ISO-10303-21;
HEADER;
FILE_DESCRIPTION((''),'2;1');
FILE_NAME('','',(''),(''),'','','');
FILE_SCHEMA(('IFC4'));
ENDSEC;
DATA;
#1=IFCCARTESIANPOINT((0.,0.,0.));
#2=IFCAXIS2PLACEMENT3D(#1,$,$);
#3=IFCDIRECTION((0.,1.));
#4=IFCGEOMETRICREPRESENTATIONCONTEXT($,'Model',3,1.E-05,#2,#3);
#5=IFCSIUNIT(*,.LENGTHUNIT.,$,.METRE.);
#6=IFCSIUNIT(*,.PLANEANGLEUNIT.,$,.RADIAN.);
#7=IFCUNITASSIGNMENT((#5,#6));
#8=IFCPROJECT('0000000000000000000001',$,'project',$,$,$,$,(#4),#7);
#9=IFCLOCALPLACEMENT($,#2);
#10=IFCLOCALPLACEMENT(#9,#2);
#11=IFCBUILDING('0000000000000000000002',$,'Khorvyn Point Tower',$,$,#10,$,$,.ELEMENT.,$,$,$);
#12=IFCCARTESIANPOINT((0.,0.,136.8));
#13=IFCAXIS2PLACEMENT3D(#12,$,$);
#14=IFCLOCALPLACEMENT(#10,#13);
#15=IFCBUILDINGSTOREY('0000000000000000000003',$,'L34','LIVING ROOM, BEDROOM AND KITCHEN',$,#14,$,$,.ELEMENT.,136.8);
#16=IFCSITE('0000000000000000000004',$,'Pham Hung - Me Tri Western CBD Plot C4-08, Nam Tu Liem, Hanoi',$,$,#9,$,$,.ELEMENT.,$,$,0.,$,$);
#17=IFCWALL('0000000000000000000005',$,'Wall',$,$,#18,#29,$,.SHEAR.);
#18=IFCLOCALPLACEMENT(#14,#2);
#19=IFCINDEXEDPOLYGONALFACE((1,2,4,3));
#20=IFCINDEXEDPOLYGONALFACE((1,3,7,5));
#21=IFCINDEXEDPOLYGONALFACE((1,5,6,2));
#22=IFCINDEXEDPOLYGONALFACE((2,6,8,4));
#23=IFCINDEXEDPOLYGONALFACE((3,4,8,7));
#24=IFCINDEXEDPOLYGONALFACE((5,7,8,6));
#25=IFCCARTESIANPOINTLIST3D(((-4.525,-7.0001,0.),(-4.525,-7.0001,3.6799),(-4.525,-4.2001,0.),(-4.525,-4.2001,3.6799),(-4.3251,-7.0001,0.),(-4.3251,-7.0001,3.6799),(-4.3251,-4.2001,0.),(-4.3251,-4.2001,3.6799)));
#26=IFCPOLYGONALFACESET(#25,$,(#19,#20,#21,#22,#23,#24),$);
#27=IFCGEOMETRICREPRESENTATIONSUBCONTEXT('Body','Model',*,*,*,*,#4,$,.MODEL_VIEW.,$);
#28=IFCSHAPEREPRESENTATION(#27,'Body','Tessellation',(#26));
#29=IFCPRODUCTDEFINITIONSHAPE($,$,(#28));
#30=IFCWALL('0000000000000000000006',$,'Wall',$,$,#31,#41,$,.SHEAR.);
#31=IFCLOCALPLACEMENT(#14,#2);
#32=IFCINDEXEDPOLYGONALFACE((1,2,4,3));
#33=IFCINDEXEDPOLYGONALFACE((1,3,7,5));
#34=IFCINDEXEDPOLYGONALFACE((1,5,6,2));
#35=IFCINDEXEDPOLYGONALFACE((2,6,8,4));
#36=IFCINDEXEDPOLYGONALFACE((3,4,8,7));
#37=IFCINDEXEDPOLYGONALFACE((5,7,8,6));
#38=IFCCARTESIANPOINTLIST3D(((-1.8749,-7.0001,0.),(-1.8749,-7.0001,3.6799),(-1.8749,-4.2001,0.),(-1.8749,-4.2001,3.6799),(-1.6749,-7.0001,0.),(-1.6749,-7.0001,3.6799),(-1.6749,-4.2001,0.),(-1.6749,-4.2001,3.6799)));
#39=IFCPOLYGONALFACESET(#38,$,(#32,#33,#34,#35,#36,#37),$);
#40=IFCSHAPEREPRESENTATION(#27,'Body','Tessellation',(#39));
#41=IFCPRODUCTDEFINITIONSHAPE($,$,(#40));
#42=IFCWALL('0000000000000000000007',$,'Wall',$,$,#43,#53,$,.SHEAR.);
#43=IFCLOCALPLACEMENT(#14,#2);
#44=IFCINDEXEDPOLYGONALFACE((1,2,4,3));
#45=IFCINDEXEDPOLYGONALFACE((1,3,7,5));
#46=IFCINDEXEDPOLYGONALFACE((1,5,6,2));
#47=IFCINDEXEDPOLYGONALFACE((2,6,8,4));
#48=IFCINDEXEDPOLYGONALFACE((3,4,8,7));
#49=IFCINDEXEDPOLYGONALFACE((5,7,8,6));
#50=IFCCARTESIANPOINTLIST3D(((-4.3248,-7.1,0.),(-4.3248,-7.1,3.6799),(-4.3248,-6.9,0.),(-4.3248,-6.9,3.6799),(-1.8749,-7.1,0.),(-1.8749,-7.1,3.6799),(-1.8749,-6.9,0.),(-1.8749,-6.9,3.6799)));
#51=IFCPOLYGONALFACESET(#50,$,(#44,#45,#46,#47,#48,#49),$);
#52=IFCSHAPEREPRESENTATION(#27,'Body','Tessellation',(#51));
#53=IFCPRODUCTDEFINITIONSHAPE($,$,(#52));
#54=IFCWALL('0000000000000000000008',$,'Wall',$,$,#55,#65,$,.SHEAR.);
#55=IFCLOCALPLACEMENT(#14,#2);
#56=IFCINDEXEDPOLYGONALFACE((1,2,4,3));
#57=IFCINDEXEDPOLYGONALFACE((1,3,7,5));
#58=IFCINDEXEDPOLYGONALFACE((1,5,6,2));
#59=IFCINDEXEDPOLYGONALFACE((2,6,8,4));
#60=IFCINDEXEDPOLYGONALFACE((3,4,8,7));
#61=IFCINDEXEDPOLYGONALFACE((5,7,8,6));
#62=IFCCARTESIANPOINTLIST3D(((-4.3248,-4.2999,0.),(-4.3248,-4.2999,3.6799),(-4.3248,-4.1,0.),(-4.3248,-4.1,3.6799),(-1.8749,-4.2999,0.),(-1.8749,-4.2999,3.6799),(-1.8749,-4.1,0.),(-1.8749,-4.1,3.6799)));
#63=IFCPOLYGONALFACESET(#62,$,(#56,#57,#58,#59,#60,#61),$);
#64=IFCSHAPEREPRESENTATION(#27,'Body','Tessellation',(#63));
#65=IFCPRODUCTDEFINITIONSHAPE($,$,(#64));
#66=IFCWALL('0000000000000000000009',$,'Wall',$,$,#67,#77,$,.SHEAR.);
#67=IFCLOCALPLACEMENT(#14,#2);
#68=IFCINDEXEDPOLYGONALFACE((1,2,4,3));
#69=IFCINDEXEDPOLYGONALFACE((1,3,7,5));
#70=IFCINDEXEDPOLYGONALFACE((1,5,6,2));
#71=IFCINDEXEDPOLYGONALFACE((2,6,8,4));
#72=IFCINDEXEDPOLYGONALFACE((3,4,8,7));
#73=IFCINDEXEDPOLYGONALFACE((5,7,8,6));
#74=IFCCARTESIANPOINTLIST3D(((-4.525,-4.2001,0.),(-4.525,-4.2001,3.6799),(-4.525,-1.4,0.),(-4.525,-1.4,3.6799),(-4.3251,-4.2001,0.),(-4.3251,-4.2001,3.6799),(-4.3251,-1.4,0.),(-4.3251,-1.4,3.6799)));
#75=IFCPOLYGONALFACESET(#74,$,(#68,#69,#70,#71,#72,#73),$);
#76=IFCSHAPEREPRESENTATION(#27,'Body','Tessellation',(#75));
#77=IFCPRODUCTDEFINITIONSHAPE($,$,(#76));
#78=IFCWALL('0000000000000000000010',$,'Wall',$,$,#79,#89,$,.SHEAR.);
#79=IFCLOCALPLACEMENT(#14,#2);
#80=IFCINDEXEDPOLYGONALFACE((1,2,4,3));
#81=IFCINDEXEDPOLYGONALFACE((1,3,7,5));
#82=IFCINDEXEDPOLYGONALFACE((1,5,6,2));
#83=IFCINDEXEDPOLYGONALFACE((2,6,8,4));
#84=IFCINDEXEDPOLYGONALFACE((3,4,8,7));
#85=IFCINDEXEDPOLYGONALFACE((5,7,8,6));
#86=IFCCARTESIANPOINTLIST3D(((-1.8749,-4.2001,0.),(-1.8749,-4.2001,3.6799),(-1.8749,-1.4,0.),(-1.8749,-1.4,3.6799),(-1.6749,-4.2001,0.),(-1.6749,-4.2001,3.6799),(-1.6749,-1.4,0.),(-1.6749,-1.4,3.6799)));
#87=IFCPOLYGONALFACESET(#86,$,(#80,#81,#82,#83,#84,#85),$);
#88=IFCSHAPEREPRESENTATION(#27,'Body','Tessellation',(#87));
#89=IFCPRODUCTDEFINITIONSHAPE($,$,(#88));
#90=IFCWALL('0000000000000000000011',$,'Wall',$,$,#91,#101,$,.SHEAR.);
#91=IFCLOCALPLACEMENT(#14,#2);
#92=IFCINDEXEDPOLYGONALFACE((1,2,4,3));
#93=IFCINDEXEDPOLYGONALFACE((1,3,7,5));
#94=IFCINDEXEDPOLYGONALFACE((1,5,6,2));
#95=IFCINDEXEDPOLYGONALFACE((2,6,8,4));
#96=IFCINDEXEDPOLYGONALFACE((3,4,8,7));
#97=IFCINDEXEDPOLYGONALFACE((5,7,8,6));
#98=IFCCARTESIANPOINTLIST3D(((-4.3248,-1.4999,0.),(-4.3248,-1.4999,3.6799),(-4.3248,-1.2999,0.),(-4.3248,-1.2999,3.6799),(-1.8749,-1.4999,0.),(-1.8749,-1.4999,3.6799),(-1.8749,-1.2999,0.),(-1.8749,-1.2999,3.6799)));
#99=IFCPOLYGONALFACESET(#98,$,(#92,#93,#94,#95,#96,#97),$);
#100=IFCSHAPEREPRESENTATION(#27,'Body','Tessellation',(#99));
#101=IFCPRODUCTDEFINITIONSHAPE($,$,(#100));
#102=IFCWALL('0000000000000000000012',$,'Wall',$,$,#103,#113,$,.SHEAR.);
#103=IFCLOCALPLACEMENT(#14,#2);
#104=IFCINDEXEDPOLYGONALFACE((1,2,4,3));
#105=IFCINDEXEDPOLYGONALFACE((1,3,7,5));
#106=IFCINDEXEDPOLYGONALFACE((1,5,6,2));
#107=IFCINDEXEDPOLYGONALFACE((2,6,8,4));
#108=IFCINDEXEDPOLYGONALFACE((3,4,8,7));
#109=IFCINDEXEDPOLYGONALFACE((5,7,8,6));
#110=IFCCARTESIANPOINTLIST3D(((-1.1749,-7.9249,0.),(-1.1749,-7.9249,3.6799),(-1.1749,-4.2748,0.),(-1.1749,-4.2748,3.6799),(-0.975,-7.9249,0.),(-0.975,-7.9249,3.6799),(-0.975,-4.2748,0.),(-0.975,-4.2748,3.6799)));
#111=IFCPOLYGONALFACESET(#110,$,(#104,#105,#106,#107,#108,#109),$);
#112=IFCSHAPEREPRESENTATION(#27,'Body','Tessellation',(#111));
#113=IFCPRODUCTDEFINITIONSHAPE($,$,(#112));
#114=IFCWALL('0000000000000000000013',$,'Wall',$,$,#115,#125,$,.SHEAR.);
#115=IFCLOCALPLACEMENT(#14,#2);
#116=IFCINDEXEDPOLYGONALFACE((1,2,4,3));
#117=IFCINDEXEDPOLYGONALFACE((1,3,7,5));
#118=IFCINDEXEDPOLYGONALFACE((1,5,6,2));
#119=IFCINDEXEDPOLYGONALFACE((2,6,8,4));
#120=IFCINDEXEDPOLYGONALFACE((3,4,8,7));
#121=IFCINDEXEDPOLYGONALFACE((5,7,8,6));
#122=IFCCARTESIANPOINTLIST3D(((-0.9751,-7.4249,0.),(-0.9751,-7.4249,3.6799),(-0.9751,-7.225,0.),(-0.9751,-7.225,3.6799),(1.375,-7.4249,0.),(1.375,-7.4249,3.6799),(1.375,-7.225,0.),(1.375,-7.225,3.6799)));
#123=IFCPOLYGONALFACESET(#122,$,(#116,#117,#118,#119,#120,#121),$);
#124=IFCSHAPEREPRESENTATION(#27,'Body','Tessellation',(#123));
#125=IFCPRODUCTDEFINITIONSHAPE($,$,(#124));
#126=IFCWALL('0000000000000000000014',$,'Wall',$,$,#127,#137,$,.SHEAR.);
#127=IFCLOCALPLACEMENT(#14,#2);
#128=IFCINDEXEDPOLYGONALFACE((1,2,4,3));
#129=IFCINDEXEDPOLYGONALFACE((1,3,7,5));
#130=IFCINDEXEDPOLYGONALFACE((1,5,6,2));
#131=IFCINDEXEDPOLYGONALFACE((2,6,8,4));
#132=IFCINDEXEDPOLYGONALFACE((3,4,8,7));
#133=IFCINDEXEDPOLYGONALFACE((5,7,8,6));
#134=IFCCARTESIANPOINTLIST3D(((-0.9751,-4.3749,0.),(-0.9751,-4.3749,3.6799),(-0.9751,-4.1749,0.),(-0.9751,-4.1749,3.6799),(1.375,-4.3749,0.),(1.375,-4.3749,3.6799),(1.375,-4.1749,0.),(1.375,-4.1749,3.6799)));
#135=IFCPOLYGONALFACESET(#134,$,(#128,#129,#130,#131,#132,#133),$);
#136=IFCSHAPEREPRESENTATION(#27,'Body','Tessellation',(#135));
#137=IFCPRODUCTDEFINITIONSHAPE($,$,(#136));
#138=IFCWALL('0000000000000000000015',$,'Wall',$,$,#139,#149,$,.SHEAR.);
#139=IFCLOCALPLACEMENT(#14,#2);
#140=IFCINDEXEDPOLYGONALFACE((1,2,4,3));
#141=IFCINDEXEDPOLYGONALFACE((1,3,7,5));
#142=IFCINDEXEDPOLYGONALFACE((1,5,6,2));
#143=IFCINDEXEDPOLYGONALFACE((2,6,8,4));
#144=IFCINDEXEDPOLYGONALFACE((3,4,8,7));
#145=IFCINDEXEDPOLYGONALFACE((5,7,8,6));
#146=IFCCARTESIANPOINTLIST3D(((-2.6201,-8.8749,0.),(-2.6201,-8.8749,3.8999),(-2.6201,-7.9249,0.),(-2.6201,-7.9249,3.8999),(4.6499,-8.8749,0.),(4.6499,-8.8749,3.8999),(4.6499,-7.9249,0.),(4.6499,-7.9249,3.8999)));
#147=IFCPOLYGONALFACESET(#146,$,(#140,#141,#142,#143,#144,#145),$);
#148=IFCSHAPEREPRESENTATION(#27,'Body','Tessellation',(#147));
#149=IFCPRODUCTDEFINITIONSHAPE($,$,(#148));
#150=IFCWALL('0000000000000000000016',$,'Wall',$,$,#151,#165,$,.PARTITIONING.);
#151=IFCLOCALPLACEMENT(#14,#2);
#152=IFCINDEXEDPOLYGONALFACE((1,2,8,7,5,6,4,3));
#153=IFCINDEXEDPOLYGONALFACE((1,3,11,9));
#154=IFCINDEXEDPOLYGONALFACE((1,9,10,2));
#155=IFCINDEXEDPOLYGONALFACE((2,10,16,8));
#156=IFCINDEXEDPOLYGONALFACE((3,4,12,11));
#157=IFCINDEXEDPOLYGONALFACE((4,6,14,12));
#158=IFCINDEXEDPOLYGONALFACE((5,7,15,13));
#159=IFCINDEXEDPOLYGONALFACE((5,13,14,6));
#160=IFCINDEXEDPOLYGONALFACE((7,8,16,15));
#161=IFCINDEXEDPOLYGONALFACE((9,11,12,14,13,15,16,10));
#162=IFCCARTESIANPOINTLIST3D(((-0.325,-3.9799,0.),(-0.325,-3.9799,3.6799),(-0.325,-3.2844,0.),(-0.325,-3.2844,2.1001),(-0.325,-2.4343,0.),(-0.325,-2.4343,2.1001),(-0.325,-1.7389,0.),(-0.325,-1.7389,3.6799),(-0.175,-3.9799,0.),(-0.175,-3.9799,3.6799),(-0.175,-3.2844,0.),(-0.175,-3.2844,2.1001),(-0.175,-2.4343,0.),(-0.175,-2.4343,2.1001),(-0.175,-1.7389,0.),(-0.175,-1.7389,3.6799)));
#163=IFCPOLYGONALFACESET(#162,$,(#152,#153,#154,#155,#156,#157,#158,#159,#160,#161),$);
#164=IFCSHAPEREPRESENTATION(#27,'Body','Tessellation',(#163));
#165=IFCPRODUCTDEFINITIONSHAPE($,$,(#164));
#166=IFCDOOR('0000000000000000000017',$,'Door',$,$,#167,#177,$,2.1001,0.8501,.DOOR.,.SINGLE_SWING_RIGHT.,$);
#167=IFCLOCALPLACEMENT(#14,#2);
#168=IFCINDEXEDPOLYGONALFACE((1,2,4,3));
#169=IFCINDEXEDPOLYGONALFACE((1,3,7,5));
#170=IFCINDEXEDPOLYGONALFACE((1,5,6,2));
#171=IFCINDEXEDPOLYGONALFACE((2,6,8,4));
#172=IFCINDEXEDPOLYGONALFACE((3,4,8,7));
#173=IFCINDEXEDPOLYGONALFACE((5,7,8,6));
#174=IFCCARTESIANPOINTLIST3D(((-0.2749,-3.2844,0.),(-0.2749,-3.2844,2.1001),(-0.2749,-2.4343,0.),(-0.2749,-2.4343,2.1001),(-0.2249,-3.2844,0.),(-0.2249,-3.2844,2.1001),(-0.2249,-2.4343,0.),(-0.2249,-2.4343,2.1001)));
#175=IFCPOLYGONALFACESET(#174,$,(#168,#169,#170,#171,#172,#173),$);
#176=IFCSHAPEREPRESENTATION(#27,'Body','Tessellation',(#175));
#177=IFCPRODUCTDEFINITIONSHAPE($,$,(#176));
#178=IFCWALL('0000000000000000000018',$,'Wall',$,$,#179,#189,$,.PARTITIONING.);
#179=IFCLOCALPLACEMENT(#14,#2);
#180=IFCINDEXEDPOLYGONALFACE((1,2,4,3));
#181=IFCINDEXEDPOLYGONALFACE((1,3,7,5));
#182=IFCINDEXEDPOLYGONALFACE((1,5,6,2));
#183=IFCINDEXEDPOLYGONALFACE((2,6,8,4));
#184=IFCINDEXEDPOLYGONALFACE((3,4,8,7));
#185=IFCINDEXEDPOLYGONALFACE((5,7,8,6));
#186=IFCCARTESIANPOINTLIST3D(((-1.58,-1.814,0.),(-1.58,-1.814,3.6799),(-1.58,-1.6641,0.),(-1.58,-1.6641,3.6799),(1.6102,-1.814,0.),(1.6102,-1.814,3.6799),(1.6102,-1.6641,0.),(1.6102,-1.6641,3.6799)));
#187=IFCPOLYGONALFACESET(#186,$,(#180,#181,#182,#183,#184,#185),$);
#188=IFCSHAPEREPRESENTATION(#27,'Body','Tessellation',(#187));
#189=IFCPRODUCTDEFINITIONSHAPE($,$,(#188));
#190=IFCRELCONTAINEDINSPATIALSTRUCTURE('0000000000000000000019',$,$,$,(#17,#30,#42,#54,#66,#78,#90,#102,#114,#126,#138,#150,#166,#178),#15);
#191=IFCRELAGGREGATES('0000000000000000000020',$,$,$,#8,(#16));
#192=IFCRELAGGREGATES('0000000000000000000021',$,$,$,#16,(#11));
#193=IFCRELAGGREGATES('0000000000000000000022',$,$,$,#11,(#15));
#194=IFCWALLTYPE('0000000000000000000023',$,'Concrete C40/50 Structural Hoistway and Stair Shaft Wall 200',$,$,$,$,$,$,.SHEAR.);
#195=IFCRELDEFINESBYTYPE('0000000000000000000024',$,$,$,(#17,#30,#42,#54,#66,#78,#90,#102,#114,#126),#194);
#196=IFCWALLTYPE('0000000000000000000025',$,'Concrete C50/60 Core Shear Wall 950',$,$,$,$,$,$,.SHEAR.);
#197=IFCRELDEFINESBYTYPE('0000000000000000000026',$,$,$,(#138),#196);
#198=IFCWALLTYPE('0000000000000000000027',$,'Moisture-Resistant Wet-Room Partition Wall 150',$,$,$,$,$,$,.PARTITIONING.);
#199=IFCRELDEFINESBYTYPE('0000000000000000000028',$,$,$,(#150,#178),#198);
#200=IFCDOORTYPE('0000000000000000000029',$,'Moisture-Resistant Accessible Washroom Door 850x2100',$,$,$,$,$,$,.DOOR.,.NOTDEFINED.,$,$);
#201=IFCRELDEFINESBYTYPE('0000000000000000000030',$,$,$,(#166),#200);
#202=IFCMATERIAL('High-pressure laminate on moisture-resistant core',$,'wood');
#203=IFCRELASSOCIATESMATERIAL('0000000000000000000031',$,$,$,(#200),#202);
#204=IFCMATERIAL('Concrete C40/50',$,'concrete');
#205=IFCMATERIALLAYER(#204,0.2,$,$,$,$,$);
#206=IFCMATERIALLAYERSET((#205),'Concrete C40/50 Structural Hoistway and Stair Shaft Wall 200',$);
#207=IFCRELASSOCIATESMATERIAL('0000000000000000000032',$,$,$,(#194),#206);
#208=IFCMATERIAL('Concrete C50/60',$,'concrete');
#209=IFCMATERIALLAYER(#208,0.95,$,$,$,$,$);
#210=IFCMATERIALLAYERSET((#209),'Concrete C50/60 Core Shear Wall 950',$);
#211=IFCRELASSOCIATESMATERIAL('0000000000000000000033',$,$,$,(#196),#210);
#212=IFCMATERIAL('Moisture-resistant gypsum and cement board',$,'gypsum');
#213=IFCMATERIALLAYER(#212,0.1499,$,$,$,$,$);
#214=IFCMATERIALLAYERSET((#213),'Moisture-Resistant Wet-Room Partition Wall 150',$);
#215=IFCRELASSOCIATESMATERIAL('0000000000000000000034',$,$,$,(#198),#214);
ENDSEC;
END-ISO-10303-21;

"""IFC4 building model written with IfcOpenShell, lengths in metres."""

from ifc_helpers import new_model, si_unit, direction, frame, frame_2d, origin, place, context, subcontext, project, spatial, rectangle, extrude, material, layer, layer_set, type_object, element, fill, save


model = new_model("IFC4")

# Units and contexts
model_context = context("Model", 3, precision=1e-05, world=origin(), true_north=direction((0.0, 1.0)))
body_context = subcontext(model_context, "Body", "Model", "MODEL_VIEW")
ifc_project = project(units=[si_unit("LENGTHUNIT", "METRE"), si_unit("PLANEANGLEUNIT", "RADIAN")], contexts=[model_context])

# Site, building, storey
site_placement = place(None, origin())
site = spatial("IfcSite", under=ifc_project, at=site_placement, Name="Pham Hung - Me Tri Western CBD Plot C4-08, Nam Tu Liem, Hanoi", CompositionType="ELEMENT", RefElevation=0.0)
building_placement = place(site_placement, origin())
building = spatial("IfcBuilding", under=site, at=building_placement, Name="Khorvyn Point Tower", CompositionType="ELEMENT")
storey_placement = place(building_placement, frame((0.0, 0.0, 136.8)))
storey = spatial("IfcBuildingStorey", under=building, at=storey_placement, Name="L34", Description="LIVING ROOM, BEDROOM AND KITCHEN", CompositionType="ELEMENT", Elevation=136.8)

# Shared definitions
ifc_material_1 = material(Name="Concrete C40/50", Category="concrete")

# Shared definitions
ifc_material_2 = material(Name="Concrete C50/60", Category="concrete")

# Shared definitions
ifc_material_3 = material(Name="High-pressure laminate on moisture-resistant core", Category="wood")
door_type = type_object("IfcDoorType", Name="Moisture-Resistant Accessible Washroom Door 850x2100", OperationType="NOTDEFINED", PredefinedType="DOOR", material=ifc_material_3)

# Walls
ifc_layer_1 = layer(ifc_material_1, 0.2)
ifc_layer_set_1 = layer_set([ifc_layer_1], Name="Concrete C40/50 Structural Hoistway and Stair Shaft Wall 200")
wall_type_1 = type_object("IfcWallType", Name="Concrete C40/50 Structural Hoistway and Stair Shaft Wall 200", PredefinedType="SHEAR", material=ifc_layer_set_1)
for number, where, z_axis, x_axis, name in (
    (1, (-4.425, -7.0, 0.0), (0.0, 0.0, 1.0), (0.0, 1.0, 0.0), "Wall"),
    (2, (-1.7749, -7.0, 0.0), (0.0, 0.0, 1.0), (0.0, 1.0, 0.0), "Wall"),
):
    element("IfcWall", number, at=place(storey_placement, frame(where, z_axis=z_axis, x_axis=x_axis)), inside=storey, type_object=wall_type_1, Name=name, PredefinedType="SHEAR", context=body_context, shape_type="SweptSolid", body=[
        extrude(rectangle(XDim=2.8, YDim=0.2, at=frame_2d((1.3999, 0.0))), origin(), (0.0, 0.0, 1.0), 3.6799),
    ])
for number, where, z_axis, x_axis, name in (
    (3, (-4.325, -7.0, 0.0), (0.0, 0.0, 1.0), (1.0, 0.0, 0.0), "Wall"),
    (4, (-4.325, -4.2, 0.0), (0.0, 0.0, 1.0), (1.0, 0.0, 0.0), "Wall"),
):
    element("IfcWall", number, at=place(storey_placement, frame(where, z_axis=z_axis, x_axis=x_axis)), inside=storey, type_object=wall_type_1, Name=name, PredefinedType="SHEAR", context=body_context, shape_type="SweptSolid", body=[
        extrude(rectangle(XDim=2.45, YDim=0.2, at=frame_2d((1.2251, 0.0))), origin(), (0.0, 0.0, 1.0), 3.6799),
    ])
for number, where, z_axis, x_axis, name in (
    (5, (-4.425, -4.2, 0.0), (0.0, 0.0, 1.0), (0.0, 1.0, 0.0), "Wall"),
    (6, (-1.7749, -4.2, 0.0), (0.0, 0.0, 1.0), (0.0, 1.0, 0.0), "Wall"),
):
    element("IfcWall", number, at=place(storey_placement, frame(where, z_axis=z_axis, x_axis=x_axis)), inside=storey, type_object=wall_type_1, Name=name, PredefinedType="SHEAR", context=body_context, shape_type="SweptSolid", body=[
        extrude(rectangle(XDim=2.8, YDim=0.2, at=frame_2d((1.3999, 0.0))), origin(), (0.0, 0.0, 1.0), 3.6799),
    ])
wall_1_placement = place(storey_placement, frame((-4.325, -1.3999, 0.0), z_axis=(0.0, 0.0, 1.0), x_axis=(1.0, 0.0, 0.0)))
element("IfcWall", 7, at=wall_1_placement, inside=storey, type_object=wall_type_1, Name="Wall", PredefinedType="SHEAR", context=body_context, shape_type="SweptSolid", body=[
    extrude(rectangle(XDim=2.45, YDim=0.2, at=frame_2d((1.2251, 0.0))), origin(), (0.0, 0.0, 1.0), 3.6799),
])
wall_2_placement = place(storey_placement, frame((-1.075, -7.925, 0.0), z_axis=(0.0, 0.0, 1.0), x_axis=(0.0, 1.0, 0.0)))
element("IfcWall", 8, at=wall_2_placement, inside=storey, type_object=wall_type_1, Name="Wall", PredefinedType="SHEAR", context=body_context, shape_type="SweptSolid", body=[
    extrude(rectangle(XDim=3.6501, YDim=0.2, at=frame_2d((1.8252, 0.0))), origin(), (0.0, 0.0, 1.0), 3.6799),
])
for number, where, z_axis, x_axis, name in (
    (9, (-0.9751, -7.325, 0.0), (0.0, 0.0, 1.0), (1.0, 0.0, 0.0), "Wall"),
    (10, (-0.9751, -4.2749, 0.0), (0.0, 0.0, 1.0), (1.0, 0.0, 0.0), "Wall"),
):
    element("IfcWall", number, at=place(storey_placement, frame(where, z_axis=z_axis, x_axis=x_axis)), inside=storey, type_object=wall_type_1, Name=name, PredefinedType="SHEAR", context=body_context, shape_type="SweptSolid", body=[
        extrude(rectangle(XDim=2.3501, YDim=0.2, at=frame_2d((1.175, 0.0))), origin(), (0.0, 0.0, 1.0), 3.6799),
    ])
ifc_layer_2 = layer(ifc_material_2, 0.95)
ifc_layer_set_2 = layer_set([ifc_layer_2], Name="Concrete C50/60 Core Shear Wall 950")
wall_type_2 = type_object("IfcWallType", Name="Concrete C50/60 Core Shear Wall 950", PredefinedType="SHEAR", material=ifc_layer_set_2)
wall_3_placement = place(storey_placement, frame((-2.6201, -8.3999, 0.0), z_axis=(0.0, 0.0, 1.0), x_axis=(1.0, 0.0, 0.0)))
element("IfcWall", 11, at=wall_3_placement, inside=storey, type_object=wall_type_2, Name="Wall", PredefinedType="SHEAR", context=body_context, shape_type="SweptSolid", body=[
    extrude(rectangle(XDim=7.27, YDim=0.95, at=frame_2d((3.635, 0.0))), origin(), (0.0, 0.0, 1.0), 3.8999),
])

# Wall, opening, door
ifc_material_4 = material(Name="Moisture-resistant gypsum and cement board", Category="gypsum")
ifc_layer_3 = layer(ifc_material_4, 0.1499)
ifc_layer_set_3 = layer_set([ifc_layer_3], Name="Moisture-Resistant Wet-Room Partition Wall 150")
wall_type_3 = type_object("IfcWallType", Name="Moisture-Resistant Wet-Room Partition Wall 150", PredefinedType="PARTITIONING", material=ifc_layer_set_3)
wall_4_placement = place(storey_placement, frame((-0.25, -3.98, 0.0), z_axis=(0.0, 0.0, 1.0), x_axis=(0.0, 1.0, 0.0)))
wall_4 = element("IfcWall", 12, at=wall_4_placement, inside=storey, type_object=wall_type_3, Name="Wall", PredefinedType="PARTITIONING", context=body_context, shape_type="SweptSolid", body=[
    extrude(rectangle(XDim=2.241, YDim=0.1499, at=frame_2d((1.1206, 0.0))), origin(), (0.0, 0.0, 1.0), 3.6799),
])
opening_1_placement = place(wall_4_placement, frame((0.6956, 0.0, 0.0)))
opening_1 = element("IfcOpeningElement", 13, at=opening_1_placement, cuts=wall_4, PredefinedType="OPENING", context=body_context, shape_type="SweptSolid", body=[
    extrude(rectangle(XDim=0.8501, YDim=2.1001, at=frame_2d((0.425, 1.05))), frame((0.0, 0.085, 0.0), z_axis=(0.0, -1.0, 0.0), x_axis=(1.0, 0.0, 0.0)), (0.0, 0.0, 1.0), 0.1699),
])
door_1_placement = place(opening_1_placement, origin())
door_1 = element("IfcDoor", 14, at=door_1_placement, inside=storey, type_object=door_type, Name="Door", OperationType="SINGLE_SWING_RIGHT", OverallHeight=2.1001, OverallWidth=0.8501, PredefinedType="DOOR", context=body_context, shape_type="SweptSolid", body=[
    extrude(rectangle(XDim=0.8501, YDim=2.1001, at=frame_2d((0.425, 1.05))), frame((0.0, 0.0249, 0.0), z_axis=(0.0, -1.0, 0.0), x_axis=(1.0, 0.0, 0.0)), (0.0, 0.0, 1.0), 0.05),
])
fill(opening_1, door_1)

# Wall
wall_5_placement = place(storey_placement, frame((-1.5801, -1.739, 0.0), z_axis=(0.0, 0.0, 1.0), x_axis=(1.0, 0.0, 0.0)))
element("IfcWall", 15, at=wall_5_placement, inside=storey, type_object=wall_type_3, Name="Wall", PredefinedType="PARTITIONING", context=body_context, shape_type="SweptSolid", body=[
    extrude(rectangle(XDim=3.1902, YDim=0.1499, at=frame_2d((1.5952, 0.0))), origin(), (0.0, 0.0, 1.0), 3.6799),
])

save(model, "model.ifc")
